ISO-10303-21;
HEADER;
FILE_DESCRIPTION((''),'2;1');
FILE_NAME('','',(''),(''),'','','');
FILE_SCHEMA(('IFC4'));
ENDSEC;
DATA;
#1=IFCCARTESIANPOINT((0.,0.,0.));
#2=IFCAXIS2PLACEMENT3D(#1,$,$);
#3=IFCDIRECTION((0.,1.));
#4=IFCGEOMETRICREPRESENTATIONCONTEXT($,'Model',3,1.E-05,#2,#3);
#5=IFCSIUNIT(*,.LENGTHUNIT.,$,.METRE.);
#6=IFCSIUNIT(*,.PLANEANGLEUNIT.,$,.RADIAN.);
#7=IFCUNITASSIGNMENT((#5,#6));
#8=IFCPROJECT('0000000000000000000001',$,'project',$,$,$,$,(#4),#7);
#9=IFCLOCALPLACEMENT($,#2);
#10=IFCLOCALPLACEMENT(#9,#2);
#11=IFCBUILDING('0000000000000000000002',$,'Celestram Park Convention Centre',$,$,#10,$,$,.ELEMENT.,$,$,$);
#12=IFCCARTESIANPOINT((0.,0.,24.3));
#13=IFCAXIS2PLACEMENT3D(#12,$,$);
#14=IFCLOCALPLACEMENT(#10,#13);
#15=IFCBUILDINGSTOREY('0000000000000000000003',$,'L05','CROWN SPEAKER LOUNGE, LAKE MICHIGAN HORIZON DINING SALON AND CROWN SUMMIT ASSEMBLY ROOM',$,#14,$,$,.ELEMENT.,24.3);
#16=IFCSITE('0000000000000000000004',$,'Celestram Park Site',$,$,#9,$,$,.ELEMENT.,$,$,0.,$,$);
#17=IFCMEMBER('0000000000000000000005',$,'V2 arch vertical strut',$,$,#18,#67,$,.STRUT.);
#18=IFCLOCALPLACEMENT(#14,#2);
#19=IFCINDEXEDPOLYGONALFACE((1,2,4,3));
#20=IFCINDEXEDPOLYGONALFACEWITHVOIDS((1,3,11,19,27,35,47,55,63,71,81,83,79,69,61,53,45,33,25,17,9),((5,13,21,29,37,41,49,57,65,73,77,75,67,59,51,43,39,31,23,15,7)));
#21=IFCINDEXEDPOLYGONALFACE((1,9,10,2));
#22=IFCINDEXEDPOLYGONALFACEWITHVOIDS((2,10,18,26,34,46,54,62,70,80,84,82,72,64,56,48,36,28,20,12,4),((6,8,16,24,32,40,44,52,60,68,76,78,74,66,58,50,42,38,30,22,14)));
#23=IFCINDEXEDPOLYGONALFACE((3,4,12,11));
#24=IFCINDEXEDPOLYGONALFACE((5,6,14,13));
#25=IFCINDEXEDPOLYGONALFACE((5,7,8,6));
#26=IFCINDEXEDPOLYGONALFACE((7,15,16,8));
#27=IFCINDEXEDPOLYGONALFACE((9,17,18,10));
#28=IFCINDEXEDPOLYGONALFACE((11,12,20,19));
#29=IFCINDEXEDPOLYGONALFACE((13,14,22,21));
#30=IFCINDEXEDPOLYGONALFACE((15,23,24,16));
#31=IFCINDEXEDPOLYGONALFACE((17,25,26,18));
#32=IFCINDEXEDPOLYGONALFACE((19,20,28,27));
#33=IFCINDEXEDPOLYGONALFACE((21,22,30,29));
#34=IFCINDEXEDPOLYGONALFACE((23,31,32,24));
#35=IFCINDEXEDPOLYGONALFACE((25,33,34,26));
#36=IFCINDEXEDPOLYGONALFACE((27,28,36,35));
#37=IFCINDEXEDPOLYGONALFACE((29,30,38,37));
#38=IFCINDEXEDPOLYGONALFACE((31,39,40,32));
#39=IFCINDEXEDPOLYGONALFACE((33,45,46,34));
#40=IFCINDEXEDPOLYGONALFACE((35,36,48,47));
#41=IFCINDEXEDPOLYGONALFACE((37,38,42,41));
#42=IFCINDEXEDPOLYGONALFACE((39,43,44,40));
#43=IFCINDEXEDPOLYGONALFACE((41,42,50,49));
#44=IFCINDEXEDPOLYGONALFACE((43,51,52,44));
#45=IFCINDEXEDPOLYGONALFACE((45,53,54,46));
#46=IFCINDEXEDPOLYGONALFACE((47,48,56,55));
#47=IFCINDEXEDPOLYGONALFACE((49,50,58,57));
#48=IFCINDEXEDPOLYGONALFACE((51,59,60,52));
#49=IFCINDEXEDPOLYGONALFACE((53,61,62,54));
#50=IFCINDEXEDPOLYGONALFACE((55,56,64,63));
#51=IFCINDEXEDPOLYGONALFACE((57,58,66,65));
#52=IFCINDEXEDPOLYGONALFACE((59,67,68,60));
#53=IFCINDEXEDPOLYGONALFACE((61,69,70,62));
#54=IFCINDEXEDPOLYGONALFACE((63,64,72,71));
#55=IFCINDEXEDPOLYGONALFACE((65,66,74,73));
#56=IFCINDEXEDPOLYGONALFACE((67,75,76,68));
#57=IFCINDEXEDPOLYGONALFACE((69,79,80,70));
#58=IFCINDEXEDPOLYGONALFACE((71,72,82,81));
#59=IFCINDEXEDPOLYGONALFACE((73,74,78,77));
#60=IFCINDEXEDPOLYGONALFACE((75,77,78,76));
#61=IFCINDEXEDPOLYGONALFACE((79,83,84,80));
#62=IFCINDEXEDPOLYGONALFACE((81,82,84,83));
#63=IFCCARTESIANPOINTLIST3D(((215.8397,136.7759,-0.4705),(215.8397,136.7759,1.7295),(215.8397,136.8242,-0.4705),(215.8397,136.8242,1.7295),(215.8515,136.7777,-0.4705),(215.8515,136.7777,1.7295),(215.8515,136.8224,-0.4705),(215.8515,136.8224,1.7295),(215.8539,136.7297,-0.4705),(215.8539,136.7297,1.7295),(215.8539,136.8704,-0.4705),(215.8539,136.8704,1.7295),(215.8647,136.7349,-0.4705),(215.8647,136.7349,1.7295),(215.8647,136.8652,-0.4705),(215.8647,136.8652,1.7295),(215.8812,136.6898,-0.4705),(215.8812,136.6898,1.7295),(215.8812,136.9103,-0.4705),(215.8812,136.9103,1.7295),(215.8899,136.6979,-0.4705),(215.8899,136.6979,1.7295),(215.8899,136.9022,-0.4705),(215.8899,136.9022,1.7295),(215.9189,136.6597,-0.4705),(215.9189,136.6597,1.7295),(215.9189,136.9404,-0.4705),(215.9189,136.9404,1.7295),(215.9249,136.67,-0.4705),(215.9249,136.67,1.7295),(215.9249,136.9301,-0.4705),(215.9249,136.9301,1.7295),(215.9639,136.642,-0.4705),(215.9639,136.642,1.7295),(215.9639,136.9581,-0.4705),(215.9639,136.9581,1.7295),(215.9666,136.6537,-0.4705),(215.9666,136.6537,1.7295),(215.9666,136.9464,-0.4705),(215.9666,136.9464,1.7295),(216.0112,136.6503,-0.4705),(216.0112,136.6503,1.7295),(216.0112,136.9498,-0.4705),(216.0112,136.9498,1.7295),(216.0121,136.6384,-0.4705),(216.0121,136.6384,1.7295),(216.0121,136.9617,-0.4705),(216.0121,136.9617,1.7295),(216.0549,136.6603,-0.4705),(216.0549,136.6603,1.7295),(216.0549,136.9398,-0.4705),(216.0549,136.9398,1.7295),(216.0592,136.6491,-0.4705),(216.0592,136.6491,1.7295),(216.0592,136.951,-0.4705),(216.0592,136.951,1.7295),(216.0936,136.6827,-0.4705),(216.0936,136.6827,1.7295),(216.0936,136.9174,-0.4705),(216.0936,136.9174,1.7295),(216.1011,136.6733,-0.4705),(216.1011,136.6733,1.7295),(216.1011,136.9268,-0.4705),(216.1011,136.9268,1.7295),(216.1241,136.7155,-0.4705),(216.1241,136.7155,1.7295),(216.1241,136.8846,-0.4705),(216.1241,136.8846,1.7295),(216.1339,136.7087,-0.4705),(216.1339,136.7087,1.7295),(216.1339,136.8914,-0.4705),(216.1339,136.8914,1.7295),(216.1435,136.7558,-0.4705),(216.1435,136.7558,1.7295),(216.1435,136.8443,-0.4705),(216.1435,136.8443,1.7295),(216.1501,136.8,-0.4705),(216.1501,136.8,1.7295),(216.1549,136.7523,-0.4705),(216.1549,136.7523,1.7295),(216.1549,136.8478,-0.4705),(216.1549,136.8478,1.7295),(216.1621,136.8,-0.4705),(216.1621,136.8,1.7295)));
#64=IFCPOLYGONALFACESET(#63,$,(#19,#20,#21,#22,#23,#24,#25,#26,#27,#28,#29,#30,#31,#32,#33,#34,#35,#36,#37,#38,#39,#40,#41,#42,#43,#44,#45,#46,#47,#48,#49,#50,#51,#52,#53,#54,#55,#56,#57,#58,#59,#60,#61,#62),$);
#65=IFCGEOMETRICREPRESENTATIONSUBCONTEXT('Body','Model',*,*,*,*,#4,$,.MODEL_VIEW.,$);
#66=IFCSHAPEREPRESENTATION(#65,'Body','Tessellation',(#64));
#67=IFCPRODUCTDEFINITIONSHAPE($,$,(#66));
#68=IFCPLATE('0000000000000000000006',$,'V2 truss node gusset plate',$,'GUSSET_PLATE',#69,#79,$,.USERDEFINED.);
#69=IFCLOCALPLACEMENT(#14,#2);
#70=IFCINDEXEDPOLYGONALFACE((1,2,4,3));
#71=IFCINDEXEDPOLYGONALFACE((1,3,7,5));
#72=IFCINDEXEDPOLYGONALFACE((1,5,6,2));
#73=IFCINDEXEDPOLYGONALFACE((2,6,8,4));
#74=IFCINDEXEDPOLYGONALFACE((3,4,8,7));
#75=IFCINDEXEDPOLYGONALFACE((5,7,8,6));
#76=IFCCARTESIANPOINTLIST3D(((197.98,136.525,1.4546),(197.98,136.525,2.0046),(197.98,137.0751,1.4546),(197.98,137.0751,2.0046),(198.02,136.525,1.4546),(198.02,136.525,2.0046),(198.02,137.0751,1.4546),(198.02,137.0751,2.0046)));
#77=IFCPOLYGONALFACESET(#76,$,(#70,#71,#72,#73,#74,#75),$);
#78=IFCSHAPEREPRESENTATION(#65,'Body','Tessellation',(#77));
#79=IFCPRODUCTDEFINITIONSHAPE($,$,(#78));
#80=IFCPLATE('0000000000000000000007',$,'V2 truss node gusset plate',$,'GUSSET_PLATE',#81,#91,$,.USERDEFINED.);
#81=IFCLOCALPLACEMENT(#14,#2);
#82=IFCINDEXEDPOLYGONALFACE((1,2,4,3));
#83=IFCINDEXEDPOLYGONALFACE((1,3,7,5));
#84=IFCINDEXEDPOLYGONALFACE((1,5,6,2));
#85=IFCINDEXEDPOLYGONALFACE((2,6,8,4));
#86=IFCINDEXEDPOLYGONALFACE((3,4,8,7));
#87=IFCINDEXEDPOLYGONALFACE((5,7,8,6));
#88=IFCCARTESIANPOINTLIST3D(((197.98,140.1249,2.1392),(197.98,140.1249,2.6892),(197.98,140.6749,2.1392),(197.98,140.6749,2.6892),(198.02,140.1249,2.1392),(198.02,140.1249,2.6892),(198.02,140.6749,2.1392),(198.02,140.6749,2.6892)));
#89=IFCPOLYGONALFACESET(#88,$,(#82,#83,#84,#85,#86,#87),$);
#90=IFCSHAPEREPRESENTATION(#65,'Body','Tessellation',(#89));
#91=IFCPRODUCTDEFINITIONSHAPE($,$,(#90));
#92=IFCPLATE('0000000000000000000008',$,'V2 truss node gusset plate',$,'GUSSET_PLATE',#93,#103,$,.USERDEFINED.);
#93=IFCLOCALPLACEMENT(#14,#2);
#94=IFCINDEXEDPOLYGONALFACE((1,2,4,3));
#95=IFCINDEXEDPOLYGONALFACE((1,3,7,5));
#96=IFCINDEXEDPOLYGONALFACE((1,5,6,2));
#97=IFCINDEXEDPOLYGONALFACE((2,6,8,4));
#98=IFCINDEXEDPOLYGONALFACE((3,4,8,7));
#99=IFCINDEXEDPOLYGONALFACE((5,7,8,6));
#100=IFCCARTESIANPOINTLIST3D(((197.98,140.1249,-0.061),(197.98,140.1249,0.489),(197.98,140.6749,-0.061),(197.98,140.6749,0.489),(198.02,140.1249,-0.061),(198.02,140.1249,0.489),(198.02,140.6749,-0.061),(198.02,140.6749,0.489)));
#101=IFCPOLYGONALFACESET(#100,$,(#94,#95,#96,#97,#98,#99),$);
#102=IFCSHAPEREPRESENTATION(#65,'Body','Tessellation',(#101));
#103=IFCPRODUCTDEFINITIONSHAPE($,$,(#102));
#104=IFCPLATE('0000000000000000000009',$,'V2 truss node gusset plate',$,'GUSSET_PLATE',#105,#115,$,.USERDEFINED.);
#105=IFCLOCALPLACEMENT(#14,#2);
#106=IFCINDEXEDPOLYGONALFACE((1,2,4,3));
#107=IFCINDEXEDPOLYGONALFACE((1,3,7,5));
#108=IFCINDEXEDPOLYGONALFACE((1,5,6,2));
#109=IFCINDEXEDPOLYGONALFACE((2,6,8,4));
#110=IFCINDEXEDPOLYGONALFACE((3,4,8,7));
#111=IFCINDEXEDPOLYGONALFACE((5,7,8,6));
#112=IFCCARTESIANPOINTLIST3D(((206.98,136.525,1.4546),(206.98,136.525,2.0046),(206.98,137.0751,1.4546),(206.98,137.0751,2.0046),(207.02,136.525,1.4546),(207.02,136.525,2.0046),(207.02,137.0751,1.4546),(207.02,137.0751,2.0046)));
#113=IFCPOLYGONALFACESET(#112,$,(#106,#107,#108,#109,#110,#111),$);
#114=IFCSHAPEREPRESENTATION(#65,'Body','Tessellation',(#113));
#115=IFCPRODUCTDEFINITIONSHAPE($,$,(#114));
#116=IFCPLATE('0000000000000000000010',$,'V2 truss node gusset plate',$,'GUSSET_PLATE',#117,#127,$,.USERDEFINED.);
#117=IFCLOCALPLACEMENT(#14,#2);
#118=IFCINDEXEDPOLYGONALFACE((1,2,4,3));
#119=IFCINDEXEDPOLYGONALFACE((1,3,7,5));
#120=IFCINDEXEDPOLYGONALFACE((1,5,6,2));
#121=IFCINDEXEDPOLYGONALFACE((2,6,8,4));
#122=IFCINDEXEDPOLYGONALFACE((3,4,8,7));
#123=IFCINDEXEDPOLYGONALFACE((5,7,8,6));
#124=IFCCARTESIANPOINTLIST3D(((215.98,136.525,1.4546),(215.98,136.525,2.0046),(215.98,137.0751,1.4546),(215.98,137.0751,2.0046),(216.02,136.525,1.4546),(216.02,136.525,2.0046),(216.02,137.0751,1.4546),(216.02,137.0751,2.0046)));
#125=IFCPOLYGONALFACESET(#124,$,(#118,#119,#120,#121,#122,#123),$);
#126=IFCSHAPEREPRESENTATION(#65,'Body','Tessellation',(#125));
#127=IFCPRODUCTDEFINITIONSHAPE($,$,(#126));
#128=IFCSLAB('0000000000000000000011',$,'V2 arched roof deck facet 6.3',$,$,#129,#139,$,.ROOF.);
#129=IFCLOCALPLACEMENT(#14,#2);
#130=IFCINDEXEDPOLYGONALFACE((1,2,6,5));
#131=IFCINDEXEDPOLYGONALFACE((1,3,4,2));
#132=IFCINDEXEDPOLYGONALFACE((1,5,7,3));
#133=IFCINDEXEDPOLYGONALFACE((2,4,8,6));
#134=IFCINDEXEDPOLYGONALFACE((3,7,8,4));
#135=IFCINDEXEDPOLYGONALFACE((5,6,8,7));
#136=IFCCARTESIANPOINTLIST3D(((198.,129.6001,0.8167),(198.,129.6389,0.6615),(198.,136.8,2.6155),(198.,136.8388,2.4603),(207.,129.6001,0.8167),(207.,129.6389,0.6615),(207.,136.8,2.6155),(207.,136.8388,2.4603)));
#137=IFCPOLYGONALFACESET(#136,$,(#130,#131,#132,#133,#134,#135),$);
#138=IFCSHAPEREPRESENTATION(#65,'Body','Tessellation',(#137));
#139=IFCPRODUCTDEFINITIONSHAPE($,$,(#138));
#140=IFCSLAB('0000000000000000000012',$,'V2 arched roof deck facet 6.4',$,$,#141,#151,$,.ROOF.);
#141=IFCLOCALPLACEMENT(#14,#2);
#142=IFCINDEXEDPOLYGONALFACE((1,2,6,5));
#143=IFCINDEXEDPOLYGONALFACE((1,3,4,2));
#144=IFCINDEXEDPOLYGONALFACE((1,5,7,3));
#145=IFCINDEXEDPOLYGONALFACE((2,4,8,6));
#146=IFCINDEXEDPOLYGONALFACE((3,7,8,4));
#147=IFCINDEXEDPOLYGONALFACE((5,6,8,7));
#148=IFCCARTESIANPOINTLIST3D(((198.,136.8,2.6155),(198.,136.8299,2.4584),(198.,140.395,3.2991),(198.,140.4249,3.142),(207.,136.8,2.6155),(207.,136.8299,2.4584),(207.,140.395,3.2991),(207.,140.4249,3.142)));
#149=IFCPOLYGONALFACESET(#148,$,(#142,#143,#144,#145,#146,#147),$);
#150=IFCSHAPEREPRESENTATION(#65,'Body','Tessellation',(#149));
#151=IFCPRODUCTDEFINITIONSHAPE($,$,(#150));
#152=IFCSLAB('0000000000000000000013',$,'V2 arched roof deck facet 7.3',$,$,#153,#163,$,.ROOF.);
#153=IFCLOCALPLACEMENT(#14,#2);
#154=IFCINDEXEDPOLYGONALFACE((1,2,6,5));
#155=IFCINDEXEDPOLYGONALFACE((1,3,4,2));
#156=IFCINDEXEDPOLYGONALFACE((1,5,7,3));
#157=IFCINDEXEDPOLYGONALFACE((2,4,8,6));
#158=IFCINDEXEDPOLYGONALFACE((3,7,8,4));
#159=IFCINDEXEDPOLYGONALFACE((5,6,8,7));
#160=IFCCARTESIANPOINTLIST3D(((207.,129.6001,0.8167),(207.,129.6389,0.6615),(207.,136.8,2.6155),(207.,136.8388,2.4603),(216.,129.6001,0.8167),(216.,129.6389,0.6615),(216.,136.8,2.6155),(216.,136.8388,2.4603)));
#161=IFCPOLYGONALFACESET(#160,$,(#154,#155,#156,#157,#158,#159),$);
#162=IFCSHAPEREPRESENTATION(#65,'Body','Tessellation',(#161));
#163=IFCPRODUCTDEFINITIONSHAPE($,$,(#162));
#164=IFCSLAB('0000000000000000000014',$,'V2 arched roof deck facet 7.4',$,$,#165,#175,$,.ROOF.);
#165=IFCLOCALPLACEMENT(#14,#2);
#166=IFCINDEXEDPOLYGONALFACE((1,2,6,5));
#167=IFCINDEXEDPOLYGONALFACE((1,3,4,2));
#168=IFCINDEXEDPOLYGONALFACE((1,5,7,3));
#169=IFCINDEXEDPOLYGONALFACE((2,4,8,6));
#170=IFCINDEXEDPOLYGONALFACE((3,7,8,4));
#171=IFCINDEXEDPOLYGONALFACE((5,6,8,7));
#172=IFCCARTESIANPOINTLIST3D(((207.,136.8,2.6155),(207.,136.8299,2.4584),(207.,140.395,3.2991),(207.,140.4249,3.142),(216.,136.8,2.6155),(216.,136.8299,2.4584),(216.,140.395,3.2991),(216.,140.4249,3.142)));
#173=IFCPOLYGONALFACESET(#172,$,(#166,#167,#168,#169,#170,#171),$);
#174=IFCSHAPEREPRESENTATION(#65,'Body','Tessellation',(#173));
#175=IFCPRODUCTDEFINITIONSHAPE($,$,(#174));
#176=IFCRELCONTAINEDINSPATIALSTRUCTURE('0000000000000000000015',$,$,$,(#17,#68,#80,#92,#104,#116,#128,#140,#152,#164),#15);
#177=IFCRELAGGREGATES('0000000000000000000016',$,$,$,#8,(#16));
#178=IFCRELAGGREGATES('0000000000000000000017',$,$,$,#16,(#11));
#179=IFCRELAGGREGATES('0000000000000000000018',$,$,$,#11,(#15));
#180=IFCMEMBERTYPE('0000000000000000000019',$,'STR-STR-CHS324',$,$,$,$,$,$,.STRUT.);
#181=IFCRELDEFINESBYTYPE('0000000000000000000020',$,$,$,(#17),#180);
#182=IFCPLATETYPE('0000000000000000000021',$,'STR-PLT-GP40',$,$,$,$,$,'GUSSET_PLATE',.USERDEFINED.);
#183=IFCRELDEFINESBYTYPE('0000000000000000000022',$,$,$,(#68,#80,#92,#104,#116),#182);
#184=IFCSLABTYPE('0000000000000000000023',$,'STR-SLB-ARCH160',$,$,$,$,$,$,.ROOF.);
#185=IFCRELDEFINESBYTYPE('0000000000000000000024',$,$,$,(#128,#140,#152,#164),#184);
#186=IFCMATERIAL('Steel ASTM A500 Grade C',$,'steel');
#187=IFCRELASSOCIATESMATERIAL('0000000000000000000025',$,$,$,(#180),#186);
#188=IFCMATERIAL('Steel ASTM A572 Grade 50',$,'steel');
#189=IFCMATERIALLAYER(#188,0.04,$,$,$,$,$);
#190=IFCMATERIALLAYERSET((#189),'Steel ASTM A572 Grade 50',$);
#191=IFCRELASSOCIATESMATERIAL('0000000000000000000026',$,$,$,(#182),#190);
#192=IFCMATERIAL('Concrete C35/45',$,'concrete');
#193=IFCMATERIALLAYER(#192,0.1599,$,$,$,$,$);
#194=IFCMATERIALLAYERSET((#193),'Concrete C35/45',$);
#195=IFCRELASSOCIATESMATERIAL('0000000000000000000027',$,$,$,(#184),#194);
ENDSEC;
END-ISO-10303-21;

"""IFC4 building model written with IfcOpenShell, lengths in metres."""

from ifc_helpers import new_model, si_unit, direction, frame, origin, origin_2d, place, context, subcontext, project, spatial, polyline, rectangle, hollow_circle, outline, extrude, material, layer, layer_set, material_profile, profile_set, type_object, element, save


model = new_model("IFC4")

# Units and contexts
model_context = context("Model", 3, precision=1e-05, world=origin(), true_north=direction((0.0, 1.0)))
body_context = subcontext(model_context, "Body", "Model", "MODEL_VIEW")
ifc_project = project(units=[si_unit("LENGTHUNIT", "METRE"), si_unit("PLANEANGLEUNIT", "RADIAN")], contexts=[model_context])

# Site, building, storey
site_placement = place(None, origin())
site = spatial("IfcSite", under=ifc_project, at=site_placement, Name="Celestram Park Site", CompositionType="ELEMENT", RefElevation=0.0)
building_placement = place(site_placement, origin())
building = spatial("IfcBuilding", under=site, at=building_placement, Name="Celestram Park Convention Centre", CompositionType="ELEMENT")
storey_placement = place(building_placement, frame((0.0, 0.0, 24.3)))
storey = spatial("IfcBuildingStorey", under=building, at=storey_placement, Name="L05", Description="CROWN SPEAKER LOUNGE, LAKE MICHIGAN HORIZON DINING SALON AND CROWN SUMMIT ASSEMBLY ROOM", CompositionType="ELEMENT", Elevation=24.3)

# Member
ifc_material_1 = material(Name="Steel ASTM A500 Grade C", Category="steel")
ifc_material_profile_1 = material_profile(ifc_material_1, hollow_circle(Radius=0.1621, WallThickness=0.012, at=origin_2d()), Name="CHS324X12")
ifc_profile_set_1 = profile_set([ifc_material_profile_1], Name="Steel ASTM A500 Grade C")
member_type_1 = type_object("IfcMemberType", Name="STR-STR-CHS324", PredefinedType="STRUT", material=ifc_profile_set_1)
for number, where, z_axis, x_axis, name in (
    (1, (216.0, 136.8, -0.4705), (0.0, 0.0, 1.0), (1.0, 0.0, 0.0), "V2 arch vertical strut"),
):
    element("IfcMember", number, at=place(storey_placement, frame(where, z_axis=z_axis, x_axis=x_axis)), inside=storey, type_object=member_type_1, Name=name, PredefinedType="STRUT", context=body_context, shape_type="SweptSolid", body=[
        extrude(hollow_circle(Radius=0.1621, WallThickness=0.012, at=origin_2d()), origin(), (0.0, 0.0, 1.0), 2.2),
    ])

# Plates
ifc_material_2 = material(Name="Steel ASTM A572 Grade 50", Category="steel")
ifc_layer_1 = layer(ifc_material_2, 0.04)
ifc_layer_set_1 = layer_set([ifc_layer_1], Name="Steel ASTM A572 Grade 50")
plate_type = type_object("IfcPlateType", Name="STR-PLT-GP40", ElementType="GUSSET_PLATE", PredefinedType="USERDEFINED", material=ifc_layer_set_1)
for number, where, z_axis, x_axis, name in (
    (2, (198.0, 136.8, 1.4546), (0.0, 0.0, 1.0), (0.0, 1.0, 0.0), "V2 truss node gusset plate"),
    (3, (198.0, 140.3999, 2.1392), (0.0, 0.0, 1.0), (0.0, 1.0, 0.0), "V2 truss node gusset plate"),
    (4, (198.0, 140.3999, -0.061), (0.0, 0.0, 1.0), (0.0, 1.0, 0.0), "V2 truss node gusset plate"),
    (5, (207.0, 136.8, 1.4546), (0.0, 0.0, 1.0), (0.0, 1.0, 0.0), "V2 truss node gusset plate"),
    (6, (216.0, 136.8, 1.4546), (0.0, 0.0, 1.0), (0.0, 1.0, 0.0), "V2 truss node gusset plate"),
):
    element("IfcPlate", number, at=place(storey_placement, frame(where, z_axis=z_axis, x_axis=x_axis)), inside=storey, type_object=plate_type, Name=name, ObjectType="GUSSET_PLATE", PredefinedType="USERDEFINED", context=body_context, shape_type="SweptSolid", body=[
        extrude(rectangle(XDim=0.55, YDim=0.04, at=origin_2d()), origin(), (0.0, 0.0, 1.0), 0.55),
    ])

# Slabs
ifc_material_3 = material(Name="Concrete C35/45", Category="concrete")
ifc_layer_2 = layer(ifc_material_3, 0.1599)
ifc_layer_set_2 = layer_set([ifc_layer_2], Name="Concrete C35/45")
slab_type = type_object("IfcSlabType", Name="STR-SLB-ARCH160", PredefinedType="ROOF", material=ifc_layer_set_2)
slab_1_placement = place(storey_placement, frame((198.0, 129.6001, 0.8167), z_axis=(0.0, -0.242389, 0.970179), x_axis=(1.0, 0.0, 0.0)))
element("IfcSlab", 7, at=slab_1_placement, inside=storey, type_object=slab_type, Name="V2 arched roof deck facet 6.3", PredefinedType="ROOF", context=body_context, shape_type="SweptSolid", body=[
    extrude(outline(polyline([(0.0, 0.0), (9.0, 0.0), (9.0, 7.4213), (0.0, 7.4213), (0.0, 0.0)])), origin(), (0.0, 0.0, -1.0), 0.1599),
])
slab_2_placement = place(storey_placement, frame((198.0, 136.8, 2.6155), z_axis=(0.0, -0.186806, 0.982397), x_axis=(1.0, 0.0, 0.0)))
element("IfcSlab", 8, at=slab_2_placement, inside=storey, type_object=slab_type, Name="V2 arched roof deck facet 6.4", PredefinedType="ROOF", context=body_context, shape_type="SweptSolid", body=[
    extrude(outline(polyline([(0.0, 0.0), (9.0, 0.0), (9.0, 3.6594), (0.0, 3.6594), (0.0, 0.0)])), origin(), (0.0, 0.0, -1.0), 0.1599),
])
slab_3_placement = place(storey_placement, frame((207.0, 129.6001, 0.8167), z_axis=(0.0, -0.242389, 0.970179), x_axis=(1.0, 0.0, 0.0)))
element("IfcSlab", 9, at=slab_3_placement, inside=storey, type_object=slab_type, Name="V2 arched roof deck facet 7.3", PredefinedType="ROOF", context=body_context, shape_type="SweptSolid", body=[
    extrude(outline(polyline([(0.0, 0.0), (9.0, 0.0), (9.0, 7.4213), (0.0, 7.4213), (0.0, 0.0)])), origin(), (0.0, 0.0, -1.0), 0.1599),
])
slab_4_placement = place(storey_placement, frame((207.0, 136.8, 2.6155), z_axis=(0.0, -0.186806, 0.982397), x_axis=(1.0, 0.0, 0.0)))
element("IfcSlab", 10, at=slab_4_placement, inside=storey, type_object=slab_type, Name="V2 arched roof deck facet 7.4", PredefinedType="ROOF", context=body_context, shape_type="SweptSolid", body=[
    extrude(outline(polyline([(0.0, 0.0), (9.0, 0.0), (9.0, 3.6594), (0.0, 3.6594), (0.0, 0.0)])), origin(), (0.0, 0.0, -1.0), 0.1599),
])

save(model, "model.ifc")
